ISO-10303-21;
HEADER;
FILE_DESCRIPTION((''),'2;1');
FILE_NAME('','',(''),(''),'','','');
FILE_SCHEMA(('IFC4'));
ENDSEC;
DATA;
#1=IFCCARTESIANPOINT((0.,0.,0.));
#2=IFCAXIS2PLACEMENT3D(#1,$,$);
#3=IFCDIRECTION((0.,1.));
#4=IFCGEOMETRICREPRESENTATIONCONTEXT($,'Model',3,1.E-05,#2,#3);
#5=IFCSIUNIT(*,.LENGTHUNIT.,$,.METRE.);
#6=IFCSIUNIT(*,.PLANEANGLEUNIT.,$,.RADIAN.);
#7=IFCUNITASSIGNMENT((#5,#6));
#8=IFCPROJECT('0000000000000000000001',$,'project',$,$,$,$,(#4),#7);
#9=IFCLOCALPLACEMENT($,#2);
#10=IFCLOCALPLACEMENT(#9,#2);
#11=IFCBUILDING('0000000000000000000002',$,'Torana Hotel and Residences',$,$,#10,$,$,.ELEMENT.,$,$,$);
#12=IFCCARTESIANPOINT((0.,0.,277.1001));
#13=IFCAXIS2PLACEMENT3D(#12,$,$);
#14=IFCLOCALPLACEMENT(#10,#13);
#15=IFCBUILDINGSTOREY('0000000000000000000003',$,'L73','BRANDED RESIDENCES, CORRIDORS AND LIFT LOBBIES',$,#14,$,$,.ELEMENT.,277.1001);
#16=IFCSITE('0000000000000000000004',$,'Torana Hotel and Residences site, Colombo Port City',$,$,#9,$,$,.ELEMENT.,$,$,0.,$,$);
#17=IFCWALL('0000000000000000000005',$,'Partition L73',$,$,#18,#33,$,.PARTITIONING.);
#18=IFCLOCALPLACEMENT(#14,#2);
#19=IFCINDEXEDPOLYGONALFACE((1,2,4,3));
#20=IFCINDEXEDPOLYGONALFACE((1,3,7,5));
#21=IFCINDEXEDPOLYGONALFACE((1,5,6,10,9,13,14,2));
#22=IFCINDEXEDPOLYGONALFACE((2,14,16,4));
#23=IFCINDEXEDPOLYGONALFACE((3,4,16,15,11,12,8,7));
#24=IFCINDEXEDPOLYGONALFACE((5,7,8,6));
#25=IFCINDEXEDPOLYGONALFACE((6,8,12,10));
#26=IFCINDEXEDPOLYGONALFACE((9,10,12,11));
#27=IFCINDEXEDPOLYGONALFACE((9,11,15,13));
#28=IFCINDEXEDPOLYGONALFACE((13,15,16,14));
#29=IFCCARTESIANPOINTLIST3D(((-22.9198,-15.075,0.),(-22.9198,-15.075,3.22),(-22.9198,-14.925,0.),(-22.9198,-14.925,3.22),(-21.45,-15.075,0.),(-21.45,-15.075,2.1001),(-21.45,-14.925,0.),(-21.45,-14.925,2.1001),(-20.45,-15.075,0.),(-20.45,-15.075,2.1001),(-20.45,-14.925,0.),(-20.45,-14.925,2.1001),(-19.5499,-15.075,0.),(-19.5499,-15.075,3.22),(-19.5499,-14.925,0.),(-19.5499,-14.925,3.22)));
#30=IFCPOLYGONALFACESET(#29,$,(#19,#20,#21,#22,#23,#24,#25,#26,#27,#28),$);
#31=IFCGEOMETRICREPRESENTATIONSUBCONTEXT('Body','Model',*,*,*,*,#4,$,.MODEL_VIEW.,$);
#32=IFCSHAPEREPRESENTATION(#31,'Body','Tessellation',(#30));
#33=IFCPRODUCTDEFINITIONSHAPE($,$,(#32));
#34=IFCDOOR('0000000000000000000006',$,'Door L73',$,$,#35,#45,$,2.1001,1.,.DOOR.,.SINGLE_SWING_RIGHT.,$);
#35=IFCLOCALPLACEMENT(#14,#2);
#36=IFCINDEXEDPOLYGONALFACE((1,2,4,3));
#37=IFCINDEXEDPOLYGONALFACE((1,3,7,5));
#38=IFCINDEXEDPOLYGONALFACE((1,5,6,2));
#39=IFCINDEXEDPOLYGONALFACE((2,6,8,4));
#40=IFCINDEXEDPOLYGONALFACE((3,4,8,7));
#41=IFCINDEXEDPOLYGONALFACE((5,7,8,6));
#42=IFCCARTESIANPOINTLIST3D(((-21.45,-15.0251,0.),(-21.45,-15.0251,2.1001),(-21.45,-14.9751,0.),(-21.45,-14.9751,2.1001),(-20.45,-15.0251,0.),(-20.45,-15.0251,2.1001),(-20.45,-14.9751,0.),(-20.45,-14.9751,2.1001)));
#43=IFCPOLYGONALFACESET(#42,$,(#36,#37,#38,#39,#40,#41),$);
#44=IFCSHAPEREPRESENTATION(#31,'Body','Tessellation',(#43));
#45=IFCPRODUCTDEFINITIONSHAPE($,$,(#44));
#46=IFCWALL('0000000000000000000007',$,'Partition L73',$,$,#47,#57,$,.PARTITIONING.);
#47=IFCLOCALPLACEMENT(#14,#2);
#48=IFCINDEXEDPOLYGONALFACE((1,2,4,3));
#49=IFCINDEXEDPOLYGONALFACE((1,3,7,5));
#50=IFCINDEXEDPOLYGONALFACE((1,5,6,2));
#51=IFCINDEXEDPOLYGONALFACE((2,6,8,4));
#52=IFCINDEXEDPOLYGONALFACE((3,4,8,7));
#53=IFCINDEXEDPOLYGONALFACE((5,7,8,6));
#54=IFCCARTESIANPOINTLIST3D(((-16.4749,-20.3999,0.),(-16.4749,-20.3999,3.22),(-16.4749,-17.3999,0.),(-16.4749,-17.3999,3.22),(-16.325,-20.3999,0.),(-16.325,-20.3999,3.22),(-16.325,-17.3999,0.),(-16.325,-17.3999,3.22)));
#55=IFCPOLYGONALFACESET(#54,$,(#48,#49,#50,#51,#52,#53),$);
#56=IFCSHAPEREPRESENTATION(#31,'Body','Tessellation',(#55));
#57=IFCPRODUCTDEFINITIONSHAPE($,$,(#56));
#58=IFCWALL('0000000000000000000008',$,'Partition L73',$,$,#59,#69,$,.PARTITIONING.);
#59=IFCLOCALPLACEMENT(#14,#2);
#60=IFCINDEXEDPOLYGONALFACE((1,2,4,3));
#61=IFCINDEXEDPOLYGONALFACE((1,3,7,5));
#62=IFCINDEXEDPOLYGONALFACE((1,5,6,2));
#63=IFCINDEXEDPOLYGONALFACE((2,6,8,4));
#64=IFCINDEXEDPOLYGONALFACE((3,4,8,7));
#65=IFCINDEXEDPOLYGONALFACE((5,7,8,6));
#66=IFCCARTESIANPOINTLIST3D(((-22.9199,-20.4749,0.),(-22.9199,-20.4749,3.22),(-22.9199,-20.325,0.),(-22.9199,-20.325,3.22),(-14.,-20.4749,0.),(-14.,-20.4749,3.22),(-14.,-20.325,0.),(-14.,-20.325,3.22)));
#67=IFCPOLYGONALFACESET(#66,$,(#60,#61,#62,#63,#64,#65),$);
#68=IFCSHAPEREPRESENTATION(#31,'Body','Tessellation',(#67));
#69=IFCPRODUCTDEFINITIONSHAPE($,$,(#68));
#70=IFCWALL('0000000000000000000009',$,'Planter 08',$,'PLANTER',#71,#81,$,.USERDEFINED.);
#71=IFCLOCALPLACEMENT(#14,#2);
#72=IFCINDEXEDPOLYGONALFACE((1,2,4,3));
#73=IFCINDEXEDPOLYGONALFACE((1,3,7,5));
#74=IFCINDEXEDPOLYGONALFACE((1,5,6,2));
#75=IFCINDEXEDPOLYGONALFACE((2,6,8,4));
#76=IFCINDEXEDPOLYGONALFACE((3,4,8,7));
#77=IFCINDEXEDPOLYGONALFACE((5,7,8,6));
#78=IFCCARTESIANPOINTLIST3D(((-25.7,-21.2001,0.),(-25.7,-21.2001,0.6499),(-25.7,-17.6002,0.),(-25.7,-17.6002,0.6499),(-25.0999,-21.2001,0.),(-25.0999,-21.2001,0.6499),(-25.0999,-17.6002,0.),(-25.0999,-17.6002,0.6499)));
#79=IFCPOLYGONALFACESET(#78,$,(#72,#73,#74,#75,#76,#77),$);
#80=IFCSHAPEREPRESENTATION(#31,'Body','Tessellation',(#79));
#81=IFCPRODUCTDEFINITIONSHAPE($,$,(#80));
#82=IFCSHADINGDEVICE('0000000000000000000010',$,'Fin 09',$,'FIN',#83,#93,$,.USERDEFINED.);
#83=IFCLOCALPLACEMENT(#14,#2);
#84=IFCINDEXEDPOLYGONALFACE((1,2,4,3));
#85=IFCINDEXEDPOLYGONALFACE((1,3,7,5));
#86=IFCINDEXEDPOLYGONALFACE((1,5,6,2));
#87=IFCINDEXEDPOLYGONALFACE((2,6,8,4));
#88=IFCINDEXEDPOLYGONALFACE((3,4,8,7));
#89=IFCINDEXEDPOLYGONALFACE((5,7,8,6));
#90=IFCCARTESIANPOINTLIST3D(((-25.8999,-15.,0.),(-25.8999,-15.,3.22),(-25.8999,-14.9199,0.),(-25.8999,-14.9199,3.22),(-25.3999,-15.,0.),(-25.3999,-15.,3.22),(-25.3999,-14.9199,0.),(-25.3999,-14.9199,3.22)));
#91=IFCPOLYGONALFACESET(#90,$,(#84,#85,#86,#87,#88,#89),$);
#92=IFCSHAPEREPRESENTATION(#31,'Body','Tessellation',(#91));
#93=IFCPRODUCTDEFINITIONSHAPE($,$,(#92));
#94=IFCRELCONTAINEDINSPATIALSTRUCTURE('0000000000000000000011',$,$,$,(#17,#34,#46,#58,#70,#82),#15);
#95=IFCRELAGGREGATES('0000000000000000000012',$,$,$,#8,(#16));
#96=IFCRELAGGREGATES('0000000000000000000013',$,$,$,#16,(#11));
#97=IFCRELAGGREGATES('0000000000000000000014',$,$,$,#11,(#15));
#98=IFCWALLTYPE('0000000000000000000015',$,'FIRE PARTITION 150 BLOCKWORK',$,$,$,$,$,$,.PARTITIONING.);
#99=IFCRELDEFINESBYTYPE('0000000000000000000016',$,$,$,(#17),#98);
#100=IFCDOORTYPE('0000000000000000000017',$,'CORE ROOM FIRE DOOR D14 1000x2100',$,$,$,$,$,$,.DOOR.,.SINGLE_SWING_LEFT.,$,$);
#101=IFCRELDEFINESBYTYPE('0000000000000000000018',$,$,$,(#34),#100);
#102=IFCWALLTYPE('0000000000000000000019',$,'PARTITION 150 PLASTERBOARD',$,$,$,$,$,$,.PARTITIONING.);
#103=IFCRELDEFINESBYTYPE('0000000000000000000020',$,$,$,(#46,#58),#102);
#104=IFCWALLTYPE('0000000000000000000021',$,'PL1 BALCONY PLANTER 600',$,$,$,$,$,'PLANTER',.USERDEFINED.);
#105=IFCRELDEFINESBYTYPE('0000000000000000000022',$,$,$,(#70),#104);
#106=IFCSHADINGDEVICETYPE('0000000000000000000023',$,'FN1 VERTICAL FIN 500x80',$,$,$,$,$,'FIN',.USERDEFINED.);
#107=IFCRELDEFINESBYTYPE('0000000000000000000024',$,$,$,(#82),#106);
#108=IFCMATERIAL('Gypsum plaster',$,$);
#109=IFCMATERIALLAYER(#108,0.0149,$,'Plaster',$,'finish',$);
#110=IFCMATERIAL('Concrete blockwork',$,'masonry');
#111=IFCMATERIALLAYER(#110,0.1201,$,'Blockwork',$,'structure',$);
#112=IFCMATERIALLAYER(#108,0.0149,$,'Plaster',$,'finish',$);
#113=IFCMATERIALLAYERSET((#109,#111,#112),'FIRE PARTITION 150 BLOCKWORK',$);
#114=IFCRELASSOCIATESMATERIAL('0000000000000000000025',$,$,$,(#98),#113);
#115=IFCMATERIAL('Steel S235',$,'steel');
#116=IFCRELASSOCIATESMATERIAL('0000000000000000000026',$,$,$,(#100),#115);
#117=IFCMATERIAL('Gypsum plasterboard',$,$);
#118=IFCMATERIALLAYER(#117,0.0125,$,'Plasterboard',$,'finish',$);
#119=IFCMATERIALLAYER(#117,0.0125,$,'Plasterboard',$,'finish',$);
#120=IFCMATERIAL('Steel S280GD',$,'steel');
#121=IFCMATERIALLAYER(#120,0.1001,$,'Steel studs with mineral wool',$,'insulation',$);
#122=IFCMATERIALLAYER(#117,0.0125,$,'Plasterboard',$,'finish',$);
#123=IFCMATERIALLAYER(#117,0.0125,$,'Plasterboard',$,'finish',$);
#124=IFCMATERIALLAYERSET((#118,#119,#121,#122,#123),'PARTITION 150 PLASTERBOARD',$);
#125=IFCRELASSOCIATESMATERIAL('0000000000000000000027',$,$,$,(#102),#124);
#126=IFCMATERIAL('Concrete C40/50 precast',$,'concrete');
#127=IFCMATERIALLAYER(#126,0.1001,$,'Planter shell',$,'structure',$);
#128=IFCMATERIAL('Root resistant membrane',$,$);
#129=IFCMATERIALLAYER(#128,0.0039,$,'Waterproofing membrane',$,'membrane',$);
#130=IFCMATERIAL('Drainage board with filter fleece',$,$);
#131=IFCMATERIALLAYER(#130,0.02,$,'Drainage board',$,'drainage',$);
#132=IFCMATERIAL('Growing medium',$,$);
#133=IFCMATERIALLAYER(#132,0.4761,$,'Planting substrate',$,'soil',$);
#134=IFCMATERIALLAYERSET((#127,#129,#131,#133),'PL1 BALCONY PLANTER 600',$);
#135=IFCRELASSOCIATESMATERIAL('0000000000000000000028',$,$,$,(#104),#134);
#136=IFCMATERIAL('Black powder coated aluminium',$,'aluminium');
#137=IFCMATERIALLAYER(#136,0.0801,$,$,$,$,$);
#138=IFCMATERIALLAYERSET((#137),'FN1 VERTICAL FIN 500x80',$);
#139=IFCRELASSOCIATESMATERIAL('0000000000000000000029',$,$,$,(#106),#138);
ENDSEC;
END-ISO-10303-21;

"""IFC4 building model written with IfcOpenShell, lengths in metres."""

from ifc_helpers import new_model, si_unit, direction, frame, frame_2d, origin, origin_2d, place, context, subcontext, project, spatial, rectangle, extrude, material, layer, layer_set, type_object, element, fill, save


model = new_model("IFC4")

# Units and contexts
model_context = context("Model", 3, precision=1e-05, world=origin(), true_north=direction((0.0, 1.0)))
body_context = subcontext(model_context, "Body", "Model", "MODEL_VIEW")
ifc_project = project(units=[si_unit("LENGTHUNIT", "METRE"), si_unit("PLANEANGLEUNIT", "RADIAN")], contexts=[model_context])

# Site, building, storey
site_placement = place(None, origin())
site = spatial("IfcSite", under=ifc_project, at=site_placement, Name="Torana Hotel and Residences site, Colombo Port City", CompositionType="ELEMENT", RefElevation=0.0)
building_placement = place(site_placement, origin())
building = spatial("IfcBuilding", under=site, at=building_placement, Name="Torana Hotel and Residences", CompositionType="ELEMENT")
storey_placement = place(building_placement, frame((0.0, 0.0, 277.1001)))
storey = spatial("IfcBuildingStorey", under=building, at=storey_placement, Name="L73", Description="BRANDED RESIDENCES, CORRIDORS AND LIFT LOBBIES", CompositionType="ELEMENT", Elevation=277.1001)

# Shared definitions
ifc_material_1 = material(Name="Gypsum plaster")
ifc_layer_1 = layer(ifc_material_1, 0.0149, Name="Plaster", Category="finish")
ifc_material_2 = material(Name="Concrete blockwork", Category="masonry")
ifc_layer_2 = layer(ifc_material_2, 0.1201, Name="Blockwork", Category="structure")
ifc_layer_3 = layer(ifc_material_1, 0.0149, Name="Plaster", Category="finish")
ifc_layer_set_1 = layer_set([ifc_layer_1, ifc_layer_2, ifc_layer_3], Name="FIRE PARTITION 150 BLOCKWORK")
wall_type_1 = type_object("IfcWallType", Name="FIRE PARTITION 150 BLOCKWORK", PredefinedType="PARTITIONING", material=ifc_layer_set_1)

# Wall, opening, door
wall_1_placement = place(storey_placement, frame((-22.9199, -15.0, 0.0), z_axis=(0.0, 0.0, 1.0), x_axis=(1.0, 0.0, 0.0)))
wall_1 = element("IfcWall", 1, at=wall_1_placement, inside=storey, type_object=wall_type_1, Name="Partition L73", PredefinedType="PARTITIONING", context=body_context, shape_type="SweptSolid", body=[
    extrude(rectangle(XDim=3.3699, YDim=0.1499, at=frame_2d((1.6851, 0.0))), origin(), (0.0, 0.0, 1.0), 3.22),
])
opening_1_placement = place(wall_1_placement, frame((1.47, 0.0, 0.0)))
opening_1 = element("IfcOpeningElement", 2, at=opening_1_placement, cuts=wall_1, PredefinedType="OPENING", context=body_context, shape_type="SweptSolid", body=[
    extrude(rectangle(XDim=1.0, YDim=2.1001, at=frame_2d((0.5, 1.05))), frame((0.0, 0.085, 0.0), z_axis=(0.0, -1.0, 0.0), x_axis=(1.0, 0.0, 0.0)), (0.0, 0.0, 1.0), 0.1699),
])
ifc_material_3 = material(Name="Steel S235", Category="steel")
door_type_1 = type_object("IfcDoorType", Name="CORE ROOM FIRE DOOR D14 1000x2100", OperationType="SINGLE_SWING_LEFT", PredefinedType="DOOR", material=ifc_material_3)
door_1_placement = place(opening_1_placement, origin())
door_1 = element("IfcDoor", 3, at=door_1_placement, inside=storey, type_object=door_type_1, Name="Door L73", OperationType="SINGLE_SWING_RIGHT", OverallHeight=2.1001, OverallWidth=1.0, PredefinedType="DOOR", context=body_context, shape_type="SweptSolid", body=[
    extrude(rectangle(XDim=1.0, YDim=2.1001, at=frame_2d((0.5, 1.05))), frame((0.0, 0.0249, 0.0), z_axis=(0.0, -1.0, 0.0), x_axis=(1.0, 0.0, 0.0)), (0.0, 0.0, 1.0), 0.05),
])
fill(opening_1, door_1)

# Walls
ifc_material_4 = material(Name="Gypsum plasterboard")
ifc_layer_4 = layer(ifc_material_4, 0.0125, Name="Plasterboard", Category="finish")
ifc_layer_5 = layer(ifc_material_4, 0.0125, Name="Plasterboard", Category="finish")
ifc_material_5 = material(Name="Steel S280GD", Category="steel")
ifc_layer_6 = layer(ifc_material_5, 0.1001, Name="Steel studs with mineral wool", Category="insulation")
ifc_layer_7 = layer(ifc_material_4, 0.0125, Name="Plasterboard", Category="finish")
ifc_layer_8 = layer(ifc_material_4, 0.0125, Name="Plasterboard", Category="finish")
ifc_layer_set_2 = layer_set([ifc_layer_4, ifc_layer_5, ifc_layer_6, ifc_layer_7, ifc_layer_8], Name="PARTITION 150 PLASTERBOARD")
wall_type_2 = type_object("IfcWallType", Name="PARTITION 150 PLASTERBOARD", PredefinedType="PARTITIONING", material=ifc_layer_set_2)
wall_2_placement = place(storey_placement, frame((-16.3999, -20.3999, 0.0), z_axis=(0.0, 0.0, 1.0), x_axis=(0.0, 1.0, 0.0)))
element("IfcWall", 4, at=wall_2_placement, inside=storey, type_object=wall_type_2, Name="Partition L73", PredefinedType="PARTITIONING", context=body_context, shape_type="SweptSolid", body=[
    extrude(rectangle(XDim=3.0, YDim=0.1499, at=frame_2d((1.5, 0.0))), origin(), (0.0, 0.0, 1.0), 3.22),
])
wall_3_placement = place(storey_placement, frame((-22.9199, -20.3999, 0.0), z_axis=(0.0, 0.0, 1.0), x_axis=(1.0, 0.0, 0.0)))
element("IfcWall", 5, at=wall_3_placement, inside=storey, type_object=wall_type_2, Name="Partition L73", PredefinedType="PARTITIONING", context=body_context, shape_type="SweptSolid", body=[
    extrude(rectangle(XDim=8.9199, YDim=0.1499, at=frame_2d((4.46, 0.0))), origin(), (0.0, 0.0, 1.0), 3.22),
])
ifc_material_6 = material(Name="Concrete C40/50 precast", Category="concrete")
ifc_layer_9 = layer(ifc_material_6, 0.1001, Name="Planter shell", Category="structure")
ifc_material_7 = material(Name="Root resistant membrane")
ifc_layer_10 = layer(ifc_material_7, 0.0039, Name="Waterproofing membrane", Category="membrane")
ifc_material_8 = material(Name="Drainage board with filter fleece")
ifc_layer_11 = layer(ifc_material_8, 0.02, Name="Drainage board", Category="drainage")
ifc_material_9 = material(Name="Growing medium")
ifc_layer_12 = layer(ifc_material_9, 0.4761, Name="Planting substrate", Category="soil")
ifc_layer_set_3 = layer_set([ifc_layer_9, ifc_layer_10, ifc_layer_11, ifc_layer_12], Name="PL1 BALCONY PLANTER 600")
wall_type_3 = type_object("IfcWallType", Name="PL1 BALCONY PLANTER 600", ElementType="PLANTER", PredefinedType="USERDEFINED", material=ifc_layer_set_3)
wall_4_placement = place(storey_placement, frame((-25.3999, -21.2, 0.0), z_axis=(0.0, 0.0, 1.0), x_axis=(0.0, 1.0, 0.0)))
element("IfcWall", 6, at=wall_4_placement, inside=storey, type_object=wall_type_3, Name="Planter 08", ObjectType="PLANTER", PredefinedType="USERDEFINED", context=body_context, shape_type="SweptSolid", body=[
    extrude(rectangle(XDim=3.5999, YDim=0.6001, at=frame_2d((1.7998, 0.0))), origin(), (0.0, 0.0, 1.0), 0.6499),
])

# Shading device
ifc_material_10 = material(Name="Black powder coated aluminium", Category="aluminium")
ifc_layer_13 = layer(ifc_material_10, 0.0801)
ifc_layer_set_4 = layer_set([ifc_layer_13], Name="FN1 VERTICAL FIN 500x80")
shading_device_type = type_object("IfcShadingDeviceType", Name="FN1 VERTICAL FIN 500x80", ElementType="FIN", PredefinedType="USERDEFINED", material=ifc_layer_set_4)
shading_device_placement = place(storey_placement, frame((-25.6499, -14.96, 0.0), z_axis=(0.0, 0.0, 1.0), x_axis=(0.0, 1.0, 0.0)))
element("IfcShadingDevice", 7, at=shading_device_placement, inside=storey, type_object=shading_device_type, Name="Fin 09", ObjectType="FIN", PredefinedType="USERDEFINED", context=body_context, shape_type="SweptSolid", body=[
    extrude(rectangle(XDim=0.0801, YDim=0.5, at=origin_2d()), origin(), (0.0, 0.0, 1.0), 3.22),
])

save(model, "model.ifc")
